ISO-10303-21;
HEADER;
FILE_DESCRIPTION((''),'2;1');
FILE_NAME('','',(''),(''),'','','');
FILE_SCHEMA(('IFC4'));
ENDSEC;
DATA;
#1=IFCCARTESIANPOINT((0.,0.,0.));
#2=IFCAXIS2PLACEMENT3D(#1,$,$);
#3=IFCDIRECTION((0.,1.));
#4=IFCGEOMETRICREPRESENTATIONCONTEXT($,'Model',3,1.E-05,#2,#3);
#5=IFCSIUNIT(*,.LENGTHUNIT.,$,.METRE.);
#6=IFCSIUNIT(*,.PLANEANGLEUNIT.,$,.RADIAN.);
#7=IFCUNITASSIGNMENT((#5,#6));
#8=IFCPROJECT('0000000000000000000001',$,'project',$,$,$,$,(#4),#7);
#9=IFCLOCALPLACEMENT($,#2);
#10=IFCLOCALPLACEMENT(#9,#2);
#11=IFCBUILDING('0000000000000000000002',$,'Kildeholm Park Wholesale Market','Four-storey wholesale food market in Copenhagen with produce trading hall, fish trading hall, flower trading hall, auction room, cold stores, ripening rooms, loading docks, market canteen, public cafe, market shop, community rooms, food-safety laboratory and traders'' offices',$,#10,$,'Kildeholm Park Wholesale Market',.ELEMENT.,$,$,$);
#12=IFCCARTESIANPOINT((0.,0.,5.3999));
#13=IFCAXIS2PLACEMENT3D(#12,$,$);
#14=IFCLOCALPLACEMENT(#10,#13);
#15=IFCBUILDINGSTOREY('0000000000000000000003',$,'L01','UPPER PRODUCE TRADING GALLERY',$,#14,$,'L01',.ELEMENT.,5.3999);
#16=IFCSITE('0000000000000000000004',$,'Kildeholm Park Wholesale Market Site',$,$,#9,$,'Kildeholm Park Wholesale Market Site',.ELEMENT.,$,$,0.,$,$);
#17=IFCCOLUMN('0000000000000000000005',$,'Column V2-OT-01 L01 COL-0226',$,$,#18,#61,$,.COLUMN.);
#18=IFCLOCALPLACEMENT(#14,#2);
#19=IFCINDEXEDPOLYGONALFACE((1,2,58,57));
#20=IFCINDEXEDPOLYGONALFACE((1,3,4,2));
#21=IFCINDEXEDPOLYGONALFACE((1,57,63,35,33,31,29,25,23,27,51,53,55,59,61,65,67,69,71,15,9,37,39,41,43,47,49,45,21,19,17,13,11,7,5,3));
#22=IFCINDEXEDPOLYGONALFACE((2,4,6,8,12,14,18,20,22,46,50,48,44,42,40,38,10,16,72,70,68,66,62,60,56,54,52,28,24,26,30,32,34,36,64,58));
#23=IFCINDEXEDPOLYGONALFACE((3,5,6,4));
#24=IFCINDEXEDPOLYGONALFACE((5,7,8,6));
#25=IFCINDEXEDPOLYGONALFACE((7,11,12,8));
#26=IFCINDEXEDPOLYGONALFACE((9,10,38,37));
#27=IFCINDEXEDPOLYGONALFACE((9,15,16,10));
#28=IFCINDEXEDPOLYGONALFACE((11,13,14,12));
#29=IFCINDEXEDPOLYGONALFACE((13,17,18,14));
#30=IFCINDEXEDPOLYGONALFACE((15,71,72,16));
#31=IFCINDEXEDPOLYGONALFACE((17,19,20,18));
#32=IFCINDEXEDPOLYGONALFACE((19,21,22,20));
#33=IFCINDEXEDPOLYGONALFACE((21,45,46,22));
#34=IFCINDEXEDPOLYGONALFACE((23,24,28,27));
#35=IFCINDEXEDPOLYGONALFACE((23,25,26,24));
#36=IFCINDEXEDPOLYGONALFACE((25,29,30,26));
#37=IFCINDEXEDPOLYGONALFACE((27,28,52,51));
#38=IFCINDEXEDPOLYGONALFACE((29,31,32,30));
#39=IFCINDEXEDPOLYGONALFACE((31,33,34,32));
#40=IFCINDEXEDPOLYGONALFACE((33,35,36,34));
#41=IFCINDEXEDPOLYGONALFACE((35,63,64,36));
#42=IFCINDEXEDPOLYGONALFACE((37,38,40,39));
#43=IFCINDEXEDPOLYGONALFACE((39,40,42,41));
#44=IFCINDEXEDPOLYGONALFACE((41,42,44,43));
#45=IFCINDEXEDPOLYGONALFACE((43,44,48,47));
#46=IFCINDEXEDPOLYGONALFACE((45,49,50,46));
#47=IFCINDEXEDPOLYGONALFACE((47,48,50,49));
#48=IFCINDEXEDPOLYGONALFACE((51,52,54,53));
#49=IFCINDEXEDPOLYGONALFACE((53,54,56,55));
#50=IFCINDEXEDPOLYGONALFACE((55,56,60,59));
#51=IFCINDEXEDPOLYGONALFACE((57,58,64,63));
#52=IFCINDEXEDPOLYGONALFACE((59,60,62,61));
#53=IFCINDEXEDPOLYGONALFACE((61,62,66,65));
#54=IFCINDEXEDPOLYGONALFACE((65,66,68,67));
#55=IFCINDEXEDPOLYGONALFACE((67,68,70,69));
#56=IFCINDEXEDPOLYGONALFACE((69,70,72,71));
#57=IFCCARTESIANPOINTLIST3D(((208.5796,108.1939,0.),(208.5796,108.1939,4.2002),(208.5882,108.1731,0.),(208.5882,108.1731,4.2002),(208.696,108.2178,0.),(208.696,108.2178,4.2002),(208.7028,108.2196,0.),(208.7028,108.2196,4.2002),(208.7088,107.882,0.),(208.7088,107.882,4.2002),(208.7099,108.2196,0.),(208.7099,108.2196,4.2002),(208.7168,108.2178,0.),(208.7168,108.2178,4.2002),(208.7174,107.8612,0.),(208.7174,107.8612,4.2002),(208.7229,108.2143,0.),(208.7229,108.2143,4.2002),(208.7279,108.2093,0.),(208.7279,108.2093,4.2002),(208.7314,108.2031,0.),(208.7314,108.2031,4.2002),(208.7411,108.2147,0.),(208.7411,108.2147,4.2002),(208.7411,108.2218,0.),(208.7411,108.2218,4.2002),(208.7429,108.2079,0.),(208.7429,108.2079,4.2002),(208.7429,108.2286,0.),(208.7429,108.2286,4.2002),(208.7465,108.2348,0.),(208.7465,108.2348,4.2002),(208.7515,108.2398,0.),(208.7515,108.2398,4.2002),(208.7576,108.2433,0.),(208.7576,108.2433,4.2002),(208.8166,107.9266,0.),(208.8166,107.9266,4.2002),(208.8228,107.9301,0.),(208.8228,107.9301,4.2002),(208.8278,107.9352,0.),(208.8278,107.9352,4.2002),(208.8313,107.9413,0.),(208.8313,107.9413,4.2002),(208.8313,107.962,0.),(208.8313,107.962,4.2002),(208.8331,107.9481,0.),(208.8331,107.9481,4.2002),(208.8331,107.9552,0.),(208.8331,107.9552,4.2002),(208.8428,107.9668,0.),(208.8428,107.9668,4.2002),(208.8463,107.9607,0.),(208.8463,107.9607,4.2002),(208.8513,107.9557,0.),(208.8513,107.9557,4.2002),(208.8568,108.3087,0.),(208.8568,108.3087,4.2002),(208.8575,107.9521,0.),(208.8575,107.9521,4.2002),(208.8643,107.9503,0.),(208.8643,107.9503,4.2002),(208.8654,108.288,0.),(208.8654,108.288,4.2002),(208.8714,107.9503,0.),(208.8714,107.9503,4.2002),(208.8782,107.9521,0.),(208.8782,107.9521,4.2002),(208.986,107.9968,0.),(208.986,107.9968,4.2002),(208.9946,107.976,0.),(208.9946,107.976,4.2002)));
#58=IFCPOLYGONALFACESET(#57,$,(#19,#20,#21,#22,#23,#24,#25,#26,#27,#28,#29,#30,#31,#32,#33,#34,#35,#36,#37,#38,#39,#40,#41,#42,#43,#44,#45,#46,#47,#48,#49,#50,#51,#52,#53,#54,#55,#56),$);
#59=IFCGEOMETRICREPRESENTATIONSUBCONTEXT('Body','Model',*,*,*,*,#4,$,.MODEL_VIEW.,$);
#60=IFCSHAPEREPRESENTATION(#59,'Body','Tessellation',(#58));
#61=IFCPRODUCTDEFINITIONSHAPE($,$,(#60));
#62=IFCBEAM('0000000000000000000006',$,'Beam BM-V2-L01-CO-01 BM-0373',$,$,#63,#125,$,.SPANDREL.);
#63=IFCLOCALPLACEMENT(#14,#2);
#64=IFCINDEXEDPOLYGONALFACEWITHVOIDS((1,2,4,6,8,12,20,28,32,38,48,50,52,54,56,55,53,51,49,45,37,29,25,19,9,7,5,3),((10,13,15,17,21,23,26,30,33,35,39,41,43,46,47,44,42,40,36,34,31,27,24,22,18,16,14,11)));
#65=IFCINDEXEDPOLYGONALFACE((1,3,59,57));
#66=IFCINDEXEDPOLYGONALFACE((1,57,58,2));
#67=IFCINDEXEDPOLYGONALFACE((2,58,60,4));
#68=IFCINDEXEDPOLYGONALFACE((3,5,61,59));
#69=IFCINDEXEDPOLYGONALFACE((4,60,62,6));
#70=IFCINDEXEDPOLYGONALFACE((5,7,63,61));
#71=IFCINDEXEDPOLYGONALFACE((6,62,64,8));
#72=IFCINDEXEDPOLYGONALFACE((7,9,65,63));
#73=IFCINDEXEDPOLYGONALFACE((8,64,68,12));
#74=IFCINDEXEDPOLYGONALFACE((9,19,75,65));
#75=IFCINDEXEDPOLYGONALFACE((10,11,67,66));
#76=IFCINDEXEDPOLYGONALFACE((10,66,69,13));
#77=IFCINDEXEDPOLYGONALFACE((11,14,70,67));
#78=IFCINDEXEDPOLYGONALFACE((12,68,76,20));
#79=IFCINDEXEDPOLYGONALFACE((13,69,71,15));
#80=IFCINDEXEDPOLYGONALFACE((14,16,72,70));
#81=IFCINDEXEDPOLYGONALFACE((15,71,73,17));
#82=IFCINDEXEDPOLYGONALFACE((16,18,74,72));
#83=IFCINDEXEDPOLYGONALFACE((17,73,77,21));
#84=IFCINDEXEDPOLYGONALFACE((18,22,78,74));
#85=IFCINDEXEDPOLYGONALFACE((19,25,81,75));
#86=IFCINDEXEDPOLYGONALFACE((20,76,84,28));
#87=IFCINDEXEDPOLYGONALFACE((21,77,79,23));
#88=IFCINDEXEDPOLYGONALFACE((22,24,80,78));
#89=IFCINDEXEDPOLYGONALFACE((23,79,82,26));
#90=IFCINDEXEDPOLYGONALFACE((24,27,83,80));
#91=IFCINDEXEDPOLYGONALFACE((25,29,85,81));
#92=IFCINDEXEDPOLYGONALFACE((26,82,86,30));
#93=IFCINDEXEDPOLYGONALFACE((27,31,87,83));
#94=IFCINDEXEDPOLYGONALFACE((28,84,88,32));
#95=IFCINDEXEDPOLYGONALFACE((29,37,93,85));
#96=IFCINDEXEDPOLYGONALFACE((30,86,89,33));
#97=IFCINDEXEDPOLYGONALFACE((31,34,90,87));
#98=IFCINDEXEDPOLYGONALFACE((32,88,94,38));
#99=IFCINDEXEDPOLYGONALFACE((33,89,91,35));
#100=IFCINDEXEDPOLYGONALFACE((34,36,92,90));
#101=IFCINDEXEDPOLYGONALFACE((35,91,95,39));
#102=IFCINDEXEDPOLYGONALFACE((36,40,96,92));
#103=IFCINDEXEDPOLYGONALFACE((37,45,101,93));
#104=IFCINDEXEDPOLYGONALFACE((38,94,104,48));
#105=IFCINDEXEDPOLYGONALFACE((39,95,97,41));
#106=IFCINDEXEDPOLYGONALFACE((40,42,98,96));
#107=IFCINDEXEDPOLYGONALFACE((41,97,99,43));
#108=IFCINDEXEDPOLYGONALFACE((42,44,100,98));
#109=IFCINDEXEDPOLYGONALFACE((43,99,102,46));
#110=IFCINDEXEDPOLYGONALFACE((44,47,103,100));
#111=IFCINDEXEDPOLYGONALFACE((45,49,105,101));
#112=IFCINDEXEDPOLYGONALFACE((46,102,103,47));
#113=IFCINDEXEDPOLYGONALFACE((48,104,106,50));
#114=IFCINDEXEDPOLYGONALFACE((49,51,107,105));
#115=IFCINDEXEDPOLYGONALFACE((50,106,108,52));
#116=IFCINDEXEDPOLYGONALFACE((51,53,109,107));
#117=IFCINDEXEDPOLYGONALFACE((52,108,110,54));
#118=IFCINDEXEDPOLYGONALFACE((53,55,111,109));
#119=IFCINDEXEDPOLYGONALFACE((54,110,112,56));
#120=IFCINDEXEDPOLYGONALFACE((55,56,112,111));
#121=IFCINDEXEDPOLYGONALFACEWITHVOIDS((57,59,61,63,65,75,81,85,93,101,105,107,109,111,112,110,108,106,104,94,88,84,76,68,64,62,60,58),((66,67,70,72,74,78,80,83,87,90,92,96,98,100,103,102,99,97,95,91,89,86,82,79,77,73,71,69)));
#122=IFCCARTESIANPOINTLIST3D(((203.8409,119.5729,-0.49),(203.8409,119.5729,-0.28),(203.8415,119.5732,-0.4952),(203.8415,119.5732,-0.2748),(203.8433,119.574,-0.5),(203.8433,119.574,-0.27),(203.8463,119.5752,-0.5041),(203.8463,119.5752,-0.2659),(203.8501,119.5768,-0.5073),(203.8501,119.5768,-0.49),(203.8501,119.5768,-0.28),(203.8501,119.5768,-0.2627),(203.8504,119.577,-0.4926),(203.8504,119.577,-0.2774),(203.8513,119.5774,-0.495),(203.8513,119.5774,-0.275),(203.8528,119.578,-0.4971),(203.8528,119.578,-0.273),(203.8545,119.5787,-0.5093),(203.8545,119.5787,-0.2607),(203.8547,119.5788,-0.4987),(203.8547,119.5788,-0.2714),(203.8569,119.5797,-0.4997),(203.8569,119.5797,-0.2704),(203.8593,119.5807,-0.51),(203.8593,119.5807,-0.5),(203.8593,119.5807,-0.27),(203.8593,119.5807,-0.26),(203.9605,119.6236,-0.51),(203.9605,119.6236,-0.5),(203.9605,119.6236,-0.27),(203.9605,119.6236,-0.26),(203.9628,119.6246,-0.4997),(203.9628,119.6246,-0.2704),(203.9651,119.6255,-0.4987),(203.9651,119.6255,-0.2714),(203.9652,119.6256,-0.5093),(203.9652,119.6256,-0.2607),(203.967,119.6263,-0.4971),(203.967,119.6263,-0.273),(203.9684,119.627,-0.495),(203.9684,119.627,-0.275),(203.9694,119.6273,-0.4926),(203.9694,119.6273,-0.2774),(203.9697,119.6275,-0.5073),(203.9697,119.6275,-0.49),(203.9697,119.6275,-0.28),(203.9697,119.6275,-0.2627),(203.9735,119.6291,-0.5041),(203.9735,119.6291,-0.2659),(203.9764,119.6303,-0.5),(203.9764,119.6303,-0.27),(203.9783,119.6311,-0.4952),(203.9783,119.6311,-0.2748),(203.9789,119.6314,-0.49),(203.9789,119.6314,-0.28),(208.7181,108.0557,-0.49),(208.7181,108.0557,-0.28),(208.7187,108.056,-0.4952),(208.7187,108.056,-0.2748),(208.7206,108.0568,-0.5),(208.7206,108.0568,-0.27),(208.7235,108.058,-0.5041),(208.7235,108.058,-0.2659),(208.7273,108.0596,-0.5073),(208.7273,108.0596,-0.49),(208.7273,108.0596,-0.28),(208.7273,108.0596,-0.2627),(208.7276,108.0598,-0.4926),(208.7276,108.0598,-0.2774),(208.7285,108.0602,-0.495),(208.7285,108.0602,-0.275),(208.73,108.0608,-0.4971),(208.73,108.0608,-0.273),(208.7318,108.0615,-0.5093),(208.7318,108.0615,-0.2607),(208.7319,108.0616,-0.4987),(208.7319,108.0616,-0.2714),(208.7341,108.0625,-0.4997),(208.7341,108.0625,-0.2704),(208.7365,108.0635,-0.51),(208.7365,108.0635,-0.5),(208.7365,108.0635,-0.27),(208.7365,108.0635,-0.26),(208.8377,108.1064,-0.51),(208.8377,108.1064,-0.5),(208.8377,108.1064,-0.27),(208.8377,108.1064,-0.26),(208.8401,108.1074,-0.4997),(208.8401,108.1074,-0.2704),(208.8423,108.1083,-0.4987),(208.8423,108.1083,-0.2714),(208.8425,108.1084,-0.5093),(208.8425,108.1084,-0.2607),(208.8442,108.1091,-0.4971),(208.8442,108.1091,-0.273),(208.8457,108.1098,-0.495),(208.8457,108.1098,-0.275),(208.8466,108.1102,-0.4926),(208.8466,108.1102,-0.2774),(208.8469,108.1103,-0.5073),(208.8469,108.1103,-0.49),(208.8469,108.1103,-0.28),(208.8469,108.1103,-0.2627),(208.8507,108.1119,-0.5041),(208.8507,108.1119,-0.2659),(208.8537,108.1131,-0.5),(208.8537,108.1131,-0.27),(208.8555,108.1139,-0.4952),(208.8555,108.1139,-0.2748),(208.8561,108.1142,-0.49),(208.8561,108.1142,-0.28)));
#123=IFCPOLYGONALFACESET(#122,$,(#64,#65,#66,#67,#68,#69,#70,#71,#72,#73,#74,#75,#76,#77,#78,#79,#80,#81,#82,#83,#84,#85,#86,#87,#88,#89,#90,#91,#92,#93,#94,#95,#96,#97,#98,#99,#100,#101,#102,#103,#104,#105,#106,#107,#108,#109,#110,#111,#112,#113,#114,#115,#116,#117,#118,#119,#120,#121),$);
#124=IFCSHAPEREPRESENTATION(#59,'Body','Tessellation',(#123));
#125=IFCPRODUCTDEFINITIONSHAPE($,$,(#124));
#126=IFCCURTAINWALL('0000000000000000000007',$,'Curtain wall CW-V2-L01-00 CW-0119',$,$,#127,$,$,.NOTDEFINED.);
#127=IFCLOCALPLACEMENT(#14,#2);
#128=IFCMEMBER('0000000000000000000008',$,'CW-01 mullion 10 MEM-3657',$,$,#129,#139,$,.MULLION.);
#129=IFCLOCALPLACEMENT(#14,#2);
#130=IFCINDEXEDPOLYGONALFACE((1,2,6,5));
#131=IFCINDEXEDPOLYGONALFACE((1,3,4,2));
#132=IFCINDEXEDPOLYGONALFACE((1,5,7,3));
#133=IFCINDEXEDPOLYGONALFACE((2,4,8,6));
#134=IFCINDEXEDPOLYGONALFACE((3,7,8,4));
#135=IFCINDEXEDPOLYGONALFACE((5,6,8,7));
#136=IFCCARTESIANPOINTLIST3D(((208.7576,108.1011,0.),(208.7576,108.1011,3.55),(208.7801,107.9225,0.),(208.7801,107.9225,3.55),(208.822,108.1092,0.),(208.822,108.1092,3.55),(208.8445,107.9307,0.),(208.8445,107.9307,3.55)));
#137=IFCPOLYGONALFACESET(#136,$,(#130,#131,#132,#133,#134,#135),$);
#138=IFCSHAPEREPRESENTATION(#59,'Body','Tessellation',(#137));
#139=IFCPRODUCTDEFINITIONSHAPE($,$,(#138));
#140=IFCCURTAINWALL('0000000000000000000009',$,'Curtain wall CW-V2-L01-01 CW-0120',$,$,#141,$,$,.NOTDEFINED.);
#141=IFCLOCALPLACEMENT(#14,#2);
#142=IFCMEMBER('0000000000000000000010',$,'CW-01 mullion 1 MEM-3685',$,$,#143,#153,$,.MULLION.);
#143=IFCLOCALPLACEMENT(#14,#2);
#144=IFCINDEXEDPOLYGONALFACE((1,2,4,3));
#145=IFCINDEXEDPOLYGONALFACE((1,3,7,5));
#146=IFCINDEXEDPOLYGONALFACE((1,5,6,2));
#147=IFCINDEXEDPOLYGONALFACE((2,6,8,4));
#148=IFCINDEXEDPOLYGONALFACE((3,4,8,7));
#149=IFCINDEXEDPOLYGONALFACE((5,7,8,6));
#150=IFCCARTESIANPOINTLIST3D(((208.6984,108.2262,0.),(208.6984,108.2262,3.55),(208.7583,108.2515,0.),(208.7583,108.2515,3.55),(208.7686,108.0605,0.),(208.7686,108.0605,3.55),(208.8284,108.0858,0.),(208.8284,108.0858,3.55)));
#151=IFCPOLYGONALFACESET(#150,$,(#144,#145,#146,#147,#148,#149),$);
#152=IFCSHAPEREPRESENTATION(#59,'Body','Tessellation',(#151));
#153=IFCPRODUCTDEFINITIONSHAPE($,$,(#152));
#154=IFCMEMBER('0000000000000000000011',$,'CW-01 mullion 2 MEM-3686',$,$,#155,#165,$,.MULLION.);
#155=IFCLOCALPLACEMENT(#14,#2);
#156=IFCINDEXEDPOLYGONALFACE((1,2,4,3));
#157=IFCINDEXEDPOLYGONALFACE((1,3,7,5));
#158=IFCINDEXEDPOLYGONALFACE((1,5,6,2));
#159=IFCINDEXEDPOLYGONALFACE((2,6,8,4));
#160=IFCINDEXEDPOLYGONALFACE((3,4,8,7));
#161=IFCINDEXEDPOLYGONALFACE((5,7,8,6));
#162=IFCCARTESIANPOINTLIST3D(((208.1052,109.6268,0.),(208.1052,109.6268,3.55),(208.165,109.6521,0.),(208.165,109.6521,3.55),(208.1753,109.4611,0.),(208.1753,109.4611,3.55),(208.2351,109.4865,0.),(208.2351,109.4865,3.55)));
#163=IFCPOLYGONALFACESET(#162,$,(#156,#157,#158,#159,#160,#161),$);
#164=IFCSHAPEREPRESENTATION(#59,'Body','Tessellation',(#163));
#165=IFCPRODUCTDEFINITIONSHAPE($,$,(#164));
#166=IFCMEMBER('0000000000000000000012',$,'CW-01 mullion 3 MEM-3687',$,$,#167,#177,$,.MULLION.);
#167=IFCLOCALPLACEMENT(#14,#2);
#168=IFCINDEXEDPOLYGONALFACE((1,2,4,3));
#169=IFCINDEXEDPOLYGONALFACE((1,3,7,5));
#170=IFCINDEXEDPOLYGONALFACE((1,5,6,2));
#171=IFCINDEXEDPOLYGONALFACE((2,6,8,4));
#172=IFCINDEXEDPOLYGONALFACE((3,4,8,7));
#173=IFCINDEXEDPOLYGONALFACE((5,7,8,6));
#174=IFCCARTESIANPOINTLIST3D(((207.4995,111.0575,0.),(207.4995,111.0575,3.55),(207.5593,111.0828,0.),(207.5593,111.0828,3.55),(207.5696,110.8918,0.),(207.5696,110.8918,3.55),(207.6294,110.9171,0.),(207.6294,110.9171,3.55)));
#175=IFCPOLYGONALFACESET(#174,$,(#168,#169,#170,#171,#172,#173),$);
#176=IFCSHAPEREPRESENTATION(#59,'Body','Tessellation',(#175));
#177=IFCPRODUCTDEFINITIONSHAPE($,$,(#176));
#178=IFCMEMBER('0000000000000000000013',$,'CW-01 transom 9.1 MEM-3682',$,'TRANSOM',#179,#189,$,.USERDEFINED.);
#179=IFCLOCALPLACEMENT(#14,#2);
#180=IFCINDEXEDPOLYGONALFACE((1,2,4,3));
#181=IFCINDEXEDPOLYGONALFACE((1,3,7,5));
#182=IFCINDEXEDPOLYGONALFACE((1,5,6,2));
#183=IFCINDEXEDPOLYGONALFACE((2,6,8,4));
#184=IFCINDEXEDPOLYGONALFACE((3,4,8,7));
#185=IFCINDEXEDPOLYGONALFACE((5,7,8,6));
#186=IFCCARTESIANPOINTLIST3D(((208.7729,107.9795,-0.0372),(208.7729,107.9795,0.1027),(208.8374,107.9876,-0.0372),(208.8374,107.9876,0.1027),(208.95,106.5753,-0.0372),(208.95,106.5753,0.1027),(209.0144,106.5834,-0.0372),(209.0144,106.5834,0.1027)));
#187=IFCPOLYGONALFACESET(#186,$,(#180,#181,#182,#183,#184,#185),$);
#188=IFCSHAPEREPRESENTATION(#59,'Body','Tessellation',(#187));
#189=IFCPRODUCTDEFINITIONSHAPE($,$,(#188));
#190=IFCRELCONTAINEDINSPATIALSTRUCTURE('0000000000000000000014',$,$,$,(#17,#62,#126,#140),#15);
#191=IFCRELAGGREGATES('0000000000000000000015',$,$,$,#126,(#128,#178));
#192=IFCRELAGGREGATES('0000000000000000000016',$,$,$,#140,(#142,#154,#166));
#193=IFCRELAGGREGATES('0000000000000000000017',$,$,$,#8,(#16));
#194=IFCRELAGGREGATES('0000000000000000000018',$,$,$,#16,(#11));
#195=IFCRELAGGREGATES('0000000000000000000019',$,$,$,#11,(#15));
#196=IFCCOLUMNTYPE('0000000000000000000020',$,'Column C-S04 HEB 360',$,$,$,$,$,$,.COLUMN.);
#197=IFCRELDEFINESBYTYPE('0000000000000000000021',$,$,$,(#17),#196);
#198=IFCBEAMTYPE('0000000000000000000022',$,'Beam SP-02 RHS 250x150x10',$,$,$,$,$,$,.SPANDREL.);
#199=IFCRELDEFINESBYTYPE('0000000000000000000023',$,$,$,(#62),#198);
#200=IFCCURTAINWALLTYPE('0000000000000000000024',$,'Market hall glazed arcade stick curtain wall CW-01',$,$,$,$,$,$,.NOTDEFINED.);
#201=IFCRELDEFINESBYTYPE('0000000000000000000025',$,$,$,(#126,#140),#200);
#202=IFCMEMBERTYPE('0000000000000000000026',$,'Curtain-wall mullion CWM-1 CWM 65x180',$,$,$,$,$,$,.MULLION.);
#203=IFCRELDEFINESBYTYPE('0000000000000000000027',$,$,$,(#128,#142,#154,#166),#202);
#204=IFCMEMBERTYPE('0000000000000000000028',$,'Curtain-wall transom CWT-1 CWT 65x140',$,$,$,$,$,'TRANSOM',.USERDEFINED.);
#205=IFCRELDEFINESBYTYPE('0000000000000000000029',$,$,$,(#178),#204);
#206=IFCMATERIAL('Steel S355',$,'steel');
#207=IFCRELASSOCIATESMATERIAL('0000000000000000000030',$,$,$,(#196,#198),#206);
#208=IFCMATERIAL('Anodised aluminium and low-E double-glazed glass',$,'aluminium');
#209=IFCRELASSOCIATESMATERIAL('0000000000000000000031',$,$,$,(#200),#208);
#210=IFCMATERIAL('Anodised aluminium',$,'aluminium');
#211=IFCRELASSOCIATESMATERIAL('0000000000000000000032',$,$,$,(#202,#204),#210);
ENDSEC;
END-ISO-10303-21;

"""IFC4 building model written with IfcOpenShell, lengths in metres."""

from ifc_helpers import new_model, si_unit, direction, frame, origin, origin_2d, place, context, subcontext, project, spatial, rectangle, hollow_rectangle, i_section, extrude, material, material_profile, profile_set, type_object, element, aggregate, save


model = new_model("IFC4")

# Units and contexts
model_context = context("Model", 3, precision=1e-05, world=origin(), true_north=direction((0.0, 1.0)))
body_context = subcontext(model_context, "Body", "Model", "MODEL_VIEW")
ifc_project = project(units=[si_unit("LENGTHUNIT", "METRE"), si_unit("PLANEANGLEUNIT", "RADIAN")], contexts=[model_context])

# Site, building, storey
site_placement = place(None, origin())
site = spatial("IfcSite", under=ifc_project, at=site_placement, Name="Kildeholm Park Wholesale Market Site", LongName="Kildeholm Park Wholesale Market Site", CompositionType="ELEMENT", RefElevation=0.0)
building_placement = place(site_placement, origin())
building = spatial("IfcBuilding", under=site, at=building_placement, Name="Kildeholm Park Wholesale Market", Description="Four-storey wholesale food market in Copenhagen with produce trading hall, fish trading hall, flower trading hall, auction room, cold stores, ripening rooms, loading docks, market canteen, public cafe, market shop, community rooms, food-safety laboratory and traders' offices", LongName="Kildeholm Park Wholesale Market", CompositionType="ELEMENT")
storey_placement = place(building_placement, frame((0.0, 0.0, 5.3999)))
storey = spatial("IfcBuildingStorey", under=building, at=storey_placement, Name="L01", Description="UPPER PRODUCE TRADING GALLERY", LongName="L01", CompositionType="ELEMENT", Elevation=5.3999)

# Column
ifc_material_1 = material(Name="Steel S355", Category="steel")
ifc_material_profile_1 = material_profile(ifc_material_1, i_section(OverallWidth=0.3, OverallDepth=0.3601, WebThickness=0.0125, FlangeThickness=0.0225, FilletRadius=0.0271, at=origin_2d()), Name="HEB 360")
ifc_profile_set_1 = profile_set([ifc_material_profile_1], Name="Steel S355")
column_type = type_object("IfcColumnType", Name="Column C-S04 HEB 360", PredefinedType="COLUMN", material=ifc_profile_set_1)
column_placement = place(storey_placement, frame((208.7871, 108.085, 0.0), z_axis=(0.0, 0.0, 1.0), x_axis=(0.92388, 0.382683, 0.0)))
element("IfcColumn", 1, at=column_placement, inside=storey, type_object=column_type, Name="Column V2-OT-01 L01 COL-0226", PredefinedType="COLUMN", context=body_context, shape_type="SweptSolid", body=[
    extrude(i_section(OverallWidth=0.3, OverallDepth=0.3601, WebThickness=0.0125, FlangeThickness=0.0225, FilletRadius=0.0271, at=origin_2d()), origin(), (0.0, 0.0, 1.0), 4.2002),
])

# Beam
ifc_material_profile_2 = material_profile(ifc_material_1, hollow_rectangle(XDim=0.1499, YDim=0.25, WallThickness=0.01, InnerFilletRadius=0.01, OuterFilletRadius=0.02, at=origin_2d()), Name="RHS 250x150x10")
ifc_profile_set_2 = profile_set([ifc_material_profile_2], Name="Steel S355")
beam_type = type_object("IfcBeamType", Name="Beam SP-02 RHS 250x150x10", PredefinedType="SPANDREL", material=ifc_profile_set_2)
beam_placement = place(storey_placement, frame((208.7871, 108.085, -0.385), z_axis=(-0.389951, 0.920836, 0.0), x_axis=(-0.920836, -0.389951, 0.0)))
element("IfcBeam", 2, at=beam_placement, inside=storey, type_object=beam_type, Name="Beam BM-V2-L01-CO-01 BM-0373", PredefinedType="SPANDREL", context=body_context, shape_type="SweptSolid", body=[
    extrude(hollow_rectangle(XDim=0.1499, YDim=0.25, WallThickness=0.01, InnerFilletRadius=0.01, OuterFilletRadius=0.02, at=origin_2d()), origin(), (0.0, 0.0, 1.0), 12.5073),
])

# Curtain wall, member
ifc_material_2 = material(Name="Anodised aluminium and low-E double-glazed glass", Category="aluminium")
curtain_wall_type = type_object("IfcCurtainWallType", Name="Market hall glazed arcade stick curtain wall CW-01", PredefinedType="NOTDEFINED", material=ifc_material_2)
curtain_wall_1_placement = place(storey_placement, origin())
curtain_wall_1 = element("IfcCurtainWall", 3, at=curtain_wall_1_placement, inside=storey, type_object=curtain_wall_type, Name="Curtain wall CW-V2-L01-00 CW-0119", PredefinedType="NOTDEFINED")
ifc_material_3 = material(Name="Anodised aluminium", Category="aluminium")
ifc_material_profile_3 = material_profile(ifc_material_3, rectangle(XDim=0.0649, YDim=0.1799, at=origin_2d()), Name="CWM 65x180")
ifc_profile_set_3 = profile_set([ifc_material_profile_3], Name="Anodised aluminium")
member_type_1 = type_object("IfcMemberType", Name="Curtain-wall mullion CWM-1 CWM 65x180", PredefinedType="MULLION", material=ifc_profile_set_3)
member_1_placement = place(storey_placement, frame((208.801, 108.0159, 0.0), z_axis=(0.0, 0.0, 1.0), x_axis=(-0.992145, -0.125092, 0.0)))
member_1 = element("IfcMember", 4, at=member_1_placement, type_object=member_type_1, Name="CW-01 mullion 10 MEM-3657", PredefinedType="MULLION", context=body_context, shape_type="SweptSolid", body=[
    extrude(rectangle(XDim=0.0649, YDim=0.1799, at=origin_2d()), origin(), (0.0, 0.0, 1.0), 3.55),
])

# Curtain wall, members
curtain_wall_2_placement = place(storey_placement, origin())
curtain_wall_2 = element("IfcCurtainWall", 5, at=curtain_wall_2_placement, inside=storey, type_object=curtain_wall_type, Name="Curtain wall CW-V2-L01-01 CW-0120", PredefinedType="NOTDEFINED")
member_2_placement = place(storey_placement, frame((208.7634, 108.156, 0.0), z_axis=(0.0, 0.0, 1.0), x_axis=(-0.920855, -0.389905, 0.0)))
member_2 = element("IfcMember", 6, at=member_2_placement, type_object=member_type_1, Name="CW-01 mullion 1 MEM-3685", PredefinedType="MULLION", context=body_context, shape_type="SweptSolid", body=[
    extrude(rectangle(XDim=0.0649, YDim=0.1799, at=origin_2d()), origin(), (0.0, 0.0, 1.0), 3.55),
])
member_3_placement = place(storey_placement, frame((208.1702, 109.5566, 0.0), z_axis=(0.0, 0.0, 1.0), x_axis=(-0.920855, -0.389905, 0.0)))
member_3 = element("IfcMember", 7, at=member_3_placement, type_object=member_type_1, Name="CW-01 mullion 2 MEM-3686", PredefinedType="MULLION", context=body_context, shape_type="SweptSolid", body=[
    extrude(rectangle(XDim=0.0649, YDim=0.1799, at=origin_2d()), origin(), (0.0, 0.0, 1.0), 3.55),
])
member_4_placement = place(storey_placement, frame((207.5645, 110.9873, 0.0), z_axis=(0.0, 0.0, 1.0), x_axis=(-0.920855, -0.389905, 0.0)))
member_4 = element("IfcMember", 8, at=member_4_placement, type_object=member_type_1, Name="CW-01 mullion 3 MEM-3687", PredefinedType="MULLION", context=body_context, shape_type="SweptSolid", body=[
    extrude(rectangle(XDim=0.0649, YDim=0.1799, at=origin_2d()), origin(), (0.0, 0.0, 1.0), 3.55),
])

# Member
ifc_material_profile_4 = material_profile(ifc_material_3, rectangle(XDim=0.0649, YDim=0.1399, at=origin_2d()), Name="CWT 65x140")
ifc_profile_set_4 = profile_set([ifc_material_profile_4], Name="Anodised aluminium")
member_type_2 = type_object("IfcMemberType", Name="Curtain-wall transom CWT-1 CWT 65x140", ElementType="TRANSOM", PredefinedType="USERDEFINED", material=ifc_profile_set_4)
member_5_placement = place(storey_placement, frame((208.9822, 106.5793, 0.0327), z_axis=(-0.125075, 0.992147, 0.0), x_axis=(-0.992147, -0.125075, 0.0)))
member_5 = element("IfcMember", 9, at=member_5_placement, type_object=member_type_2, Name="CW-01 transom 9.1 MEM-3682", ObjectType="TRANSOM", PredefinedType="USERDEFINED", context=body_context, shape_type="SweptSolid", body=[
    extrude(rectangle(XDim=0.0649, YDim=0.1399, at=origin_2d()), origin(), (0.0, 0.0, 1.0), 1.4153),
])

aggregate(curtain_wall_1, [member_1, member_5])
aggregate(curtain_wall_2, [member_2, member_3, member_4])

save(model, "model.ifc")
